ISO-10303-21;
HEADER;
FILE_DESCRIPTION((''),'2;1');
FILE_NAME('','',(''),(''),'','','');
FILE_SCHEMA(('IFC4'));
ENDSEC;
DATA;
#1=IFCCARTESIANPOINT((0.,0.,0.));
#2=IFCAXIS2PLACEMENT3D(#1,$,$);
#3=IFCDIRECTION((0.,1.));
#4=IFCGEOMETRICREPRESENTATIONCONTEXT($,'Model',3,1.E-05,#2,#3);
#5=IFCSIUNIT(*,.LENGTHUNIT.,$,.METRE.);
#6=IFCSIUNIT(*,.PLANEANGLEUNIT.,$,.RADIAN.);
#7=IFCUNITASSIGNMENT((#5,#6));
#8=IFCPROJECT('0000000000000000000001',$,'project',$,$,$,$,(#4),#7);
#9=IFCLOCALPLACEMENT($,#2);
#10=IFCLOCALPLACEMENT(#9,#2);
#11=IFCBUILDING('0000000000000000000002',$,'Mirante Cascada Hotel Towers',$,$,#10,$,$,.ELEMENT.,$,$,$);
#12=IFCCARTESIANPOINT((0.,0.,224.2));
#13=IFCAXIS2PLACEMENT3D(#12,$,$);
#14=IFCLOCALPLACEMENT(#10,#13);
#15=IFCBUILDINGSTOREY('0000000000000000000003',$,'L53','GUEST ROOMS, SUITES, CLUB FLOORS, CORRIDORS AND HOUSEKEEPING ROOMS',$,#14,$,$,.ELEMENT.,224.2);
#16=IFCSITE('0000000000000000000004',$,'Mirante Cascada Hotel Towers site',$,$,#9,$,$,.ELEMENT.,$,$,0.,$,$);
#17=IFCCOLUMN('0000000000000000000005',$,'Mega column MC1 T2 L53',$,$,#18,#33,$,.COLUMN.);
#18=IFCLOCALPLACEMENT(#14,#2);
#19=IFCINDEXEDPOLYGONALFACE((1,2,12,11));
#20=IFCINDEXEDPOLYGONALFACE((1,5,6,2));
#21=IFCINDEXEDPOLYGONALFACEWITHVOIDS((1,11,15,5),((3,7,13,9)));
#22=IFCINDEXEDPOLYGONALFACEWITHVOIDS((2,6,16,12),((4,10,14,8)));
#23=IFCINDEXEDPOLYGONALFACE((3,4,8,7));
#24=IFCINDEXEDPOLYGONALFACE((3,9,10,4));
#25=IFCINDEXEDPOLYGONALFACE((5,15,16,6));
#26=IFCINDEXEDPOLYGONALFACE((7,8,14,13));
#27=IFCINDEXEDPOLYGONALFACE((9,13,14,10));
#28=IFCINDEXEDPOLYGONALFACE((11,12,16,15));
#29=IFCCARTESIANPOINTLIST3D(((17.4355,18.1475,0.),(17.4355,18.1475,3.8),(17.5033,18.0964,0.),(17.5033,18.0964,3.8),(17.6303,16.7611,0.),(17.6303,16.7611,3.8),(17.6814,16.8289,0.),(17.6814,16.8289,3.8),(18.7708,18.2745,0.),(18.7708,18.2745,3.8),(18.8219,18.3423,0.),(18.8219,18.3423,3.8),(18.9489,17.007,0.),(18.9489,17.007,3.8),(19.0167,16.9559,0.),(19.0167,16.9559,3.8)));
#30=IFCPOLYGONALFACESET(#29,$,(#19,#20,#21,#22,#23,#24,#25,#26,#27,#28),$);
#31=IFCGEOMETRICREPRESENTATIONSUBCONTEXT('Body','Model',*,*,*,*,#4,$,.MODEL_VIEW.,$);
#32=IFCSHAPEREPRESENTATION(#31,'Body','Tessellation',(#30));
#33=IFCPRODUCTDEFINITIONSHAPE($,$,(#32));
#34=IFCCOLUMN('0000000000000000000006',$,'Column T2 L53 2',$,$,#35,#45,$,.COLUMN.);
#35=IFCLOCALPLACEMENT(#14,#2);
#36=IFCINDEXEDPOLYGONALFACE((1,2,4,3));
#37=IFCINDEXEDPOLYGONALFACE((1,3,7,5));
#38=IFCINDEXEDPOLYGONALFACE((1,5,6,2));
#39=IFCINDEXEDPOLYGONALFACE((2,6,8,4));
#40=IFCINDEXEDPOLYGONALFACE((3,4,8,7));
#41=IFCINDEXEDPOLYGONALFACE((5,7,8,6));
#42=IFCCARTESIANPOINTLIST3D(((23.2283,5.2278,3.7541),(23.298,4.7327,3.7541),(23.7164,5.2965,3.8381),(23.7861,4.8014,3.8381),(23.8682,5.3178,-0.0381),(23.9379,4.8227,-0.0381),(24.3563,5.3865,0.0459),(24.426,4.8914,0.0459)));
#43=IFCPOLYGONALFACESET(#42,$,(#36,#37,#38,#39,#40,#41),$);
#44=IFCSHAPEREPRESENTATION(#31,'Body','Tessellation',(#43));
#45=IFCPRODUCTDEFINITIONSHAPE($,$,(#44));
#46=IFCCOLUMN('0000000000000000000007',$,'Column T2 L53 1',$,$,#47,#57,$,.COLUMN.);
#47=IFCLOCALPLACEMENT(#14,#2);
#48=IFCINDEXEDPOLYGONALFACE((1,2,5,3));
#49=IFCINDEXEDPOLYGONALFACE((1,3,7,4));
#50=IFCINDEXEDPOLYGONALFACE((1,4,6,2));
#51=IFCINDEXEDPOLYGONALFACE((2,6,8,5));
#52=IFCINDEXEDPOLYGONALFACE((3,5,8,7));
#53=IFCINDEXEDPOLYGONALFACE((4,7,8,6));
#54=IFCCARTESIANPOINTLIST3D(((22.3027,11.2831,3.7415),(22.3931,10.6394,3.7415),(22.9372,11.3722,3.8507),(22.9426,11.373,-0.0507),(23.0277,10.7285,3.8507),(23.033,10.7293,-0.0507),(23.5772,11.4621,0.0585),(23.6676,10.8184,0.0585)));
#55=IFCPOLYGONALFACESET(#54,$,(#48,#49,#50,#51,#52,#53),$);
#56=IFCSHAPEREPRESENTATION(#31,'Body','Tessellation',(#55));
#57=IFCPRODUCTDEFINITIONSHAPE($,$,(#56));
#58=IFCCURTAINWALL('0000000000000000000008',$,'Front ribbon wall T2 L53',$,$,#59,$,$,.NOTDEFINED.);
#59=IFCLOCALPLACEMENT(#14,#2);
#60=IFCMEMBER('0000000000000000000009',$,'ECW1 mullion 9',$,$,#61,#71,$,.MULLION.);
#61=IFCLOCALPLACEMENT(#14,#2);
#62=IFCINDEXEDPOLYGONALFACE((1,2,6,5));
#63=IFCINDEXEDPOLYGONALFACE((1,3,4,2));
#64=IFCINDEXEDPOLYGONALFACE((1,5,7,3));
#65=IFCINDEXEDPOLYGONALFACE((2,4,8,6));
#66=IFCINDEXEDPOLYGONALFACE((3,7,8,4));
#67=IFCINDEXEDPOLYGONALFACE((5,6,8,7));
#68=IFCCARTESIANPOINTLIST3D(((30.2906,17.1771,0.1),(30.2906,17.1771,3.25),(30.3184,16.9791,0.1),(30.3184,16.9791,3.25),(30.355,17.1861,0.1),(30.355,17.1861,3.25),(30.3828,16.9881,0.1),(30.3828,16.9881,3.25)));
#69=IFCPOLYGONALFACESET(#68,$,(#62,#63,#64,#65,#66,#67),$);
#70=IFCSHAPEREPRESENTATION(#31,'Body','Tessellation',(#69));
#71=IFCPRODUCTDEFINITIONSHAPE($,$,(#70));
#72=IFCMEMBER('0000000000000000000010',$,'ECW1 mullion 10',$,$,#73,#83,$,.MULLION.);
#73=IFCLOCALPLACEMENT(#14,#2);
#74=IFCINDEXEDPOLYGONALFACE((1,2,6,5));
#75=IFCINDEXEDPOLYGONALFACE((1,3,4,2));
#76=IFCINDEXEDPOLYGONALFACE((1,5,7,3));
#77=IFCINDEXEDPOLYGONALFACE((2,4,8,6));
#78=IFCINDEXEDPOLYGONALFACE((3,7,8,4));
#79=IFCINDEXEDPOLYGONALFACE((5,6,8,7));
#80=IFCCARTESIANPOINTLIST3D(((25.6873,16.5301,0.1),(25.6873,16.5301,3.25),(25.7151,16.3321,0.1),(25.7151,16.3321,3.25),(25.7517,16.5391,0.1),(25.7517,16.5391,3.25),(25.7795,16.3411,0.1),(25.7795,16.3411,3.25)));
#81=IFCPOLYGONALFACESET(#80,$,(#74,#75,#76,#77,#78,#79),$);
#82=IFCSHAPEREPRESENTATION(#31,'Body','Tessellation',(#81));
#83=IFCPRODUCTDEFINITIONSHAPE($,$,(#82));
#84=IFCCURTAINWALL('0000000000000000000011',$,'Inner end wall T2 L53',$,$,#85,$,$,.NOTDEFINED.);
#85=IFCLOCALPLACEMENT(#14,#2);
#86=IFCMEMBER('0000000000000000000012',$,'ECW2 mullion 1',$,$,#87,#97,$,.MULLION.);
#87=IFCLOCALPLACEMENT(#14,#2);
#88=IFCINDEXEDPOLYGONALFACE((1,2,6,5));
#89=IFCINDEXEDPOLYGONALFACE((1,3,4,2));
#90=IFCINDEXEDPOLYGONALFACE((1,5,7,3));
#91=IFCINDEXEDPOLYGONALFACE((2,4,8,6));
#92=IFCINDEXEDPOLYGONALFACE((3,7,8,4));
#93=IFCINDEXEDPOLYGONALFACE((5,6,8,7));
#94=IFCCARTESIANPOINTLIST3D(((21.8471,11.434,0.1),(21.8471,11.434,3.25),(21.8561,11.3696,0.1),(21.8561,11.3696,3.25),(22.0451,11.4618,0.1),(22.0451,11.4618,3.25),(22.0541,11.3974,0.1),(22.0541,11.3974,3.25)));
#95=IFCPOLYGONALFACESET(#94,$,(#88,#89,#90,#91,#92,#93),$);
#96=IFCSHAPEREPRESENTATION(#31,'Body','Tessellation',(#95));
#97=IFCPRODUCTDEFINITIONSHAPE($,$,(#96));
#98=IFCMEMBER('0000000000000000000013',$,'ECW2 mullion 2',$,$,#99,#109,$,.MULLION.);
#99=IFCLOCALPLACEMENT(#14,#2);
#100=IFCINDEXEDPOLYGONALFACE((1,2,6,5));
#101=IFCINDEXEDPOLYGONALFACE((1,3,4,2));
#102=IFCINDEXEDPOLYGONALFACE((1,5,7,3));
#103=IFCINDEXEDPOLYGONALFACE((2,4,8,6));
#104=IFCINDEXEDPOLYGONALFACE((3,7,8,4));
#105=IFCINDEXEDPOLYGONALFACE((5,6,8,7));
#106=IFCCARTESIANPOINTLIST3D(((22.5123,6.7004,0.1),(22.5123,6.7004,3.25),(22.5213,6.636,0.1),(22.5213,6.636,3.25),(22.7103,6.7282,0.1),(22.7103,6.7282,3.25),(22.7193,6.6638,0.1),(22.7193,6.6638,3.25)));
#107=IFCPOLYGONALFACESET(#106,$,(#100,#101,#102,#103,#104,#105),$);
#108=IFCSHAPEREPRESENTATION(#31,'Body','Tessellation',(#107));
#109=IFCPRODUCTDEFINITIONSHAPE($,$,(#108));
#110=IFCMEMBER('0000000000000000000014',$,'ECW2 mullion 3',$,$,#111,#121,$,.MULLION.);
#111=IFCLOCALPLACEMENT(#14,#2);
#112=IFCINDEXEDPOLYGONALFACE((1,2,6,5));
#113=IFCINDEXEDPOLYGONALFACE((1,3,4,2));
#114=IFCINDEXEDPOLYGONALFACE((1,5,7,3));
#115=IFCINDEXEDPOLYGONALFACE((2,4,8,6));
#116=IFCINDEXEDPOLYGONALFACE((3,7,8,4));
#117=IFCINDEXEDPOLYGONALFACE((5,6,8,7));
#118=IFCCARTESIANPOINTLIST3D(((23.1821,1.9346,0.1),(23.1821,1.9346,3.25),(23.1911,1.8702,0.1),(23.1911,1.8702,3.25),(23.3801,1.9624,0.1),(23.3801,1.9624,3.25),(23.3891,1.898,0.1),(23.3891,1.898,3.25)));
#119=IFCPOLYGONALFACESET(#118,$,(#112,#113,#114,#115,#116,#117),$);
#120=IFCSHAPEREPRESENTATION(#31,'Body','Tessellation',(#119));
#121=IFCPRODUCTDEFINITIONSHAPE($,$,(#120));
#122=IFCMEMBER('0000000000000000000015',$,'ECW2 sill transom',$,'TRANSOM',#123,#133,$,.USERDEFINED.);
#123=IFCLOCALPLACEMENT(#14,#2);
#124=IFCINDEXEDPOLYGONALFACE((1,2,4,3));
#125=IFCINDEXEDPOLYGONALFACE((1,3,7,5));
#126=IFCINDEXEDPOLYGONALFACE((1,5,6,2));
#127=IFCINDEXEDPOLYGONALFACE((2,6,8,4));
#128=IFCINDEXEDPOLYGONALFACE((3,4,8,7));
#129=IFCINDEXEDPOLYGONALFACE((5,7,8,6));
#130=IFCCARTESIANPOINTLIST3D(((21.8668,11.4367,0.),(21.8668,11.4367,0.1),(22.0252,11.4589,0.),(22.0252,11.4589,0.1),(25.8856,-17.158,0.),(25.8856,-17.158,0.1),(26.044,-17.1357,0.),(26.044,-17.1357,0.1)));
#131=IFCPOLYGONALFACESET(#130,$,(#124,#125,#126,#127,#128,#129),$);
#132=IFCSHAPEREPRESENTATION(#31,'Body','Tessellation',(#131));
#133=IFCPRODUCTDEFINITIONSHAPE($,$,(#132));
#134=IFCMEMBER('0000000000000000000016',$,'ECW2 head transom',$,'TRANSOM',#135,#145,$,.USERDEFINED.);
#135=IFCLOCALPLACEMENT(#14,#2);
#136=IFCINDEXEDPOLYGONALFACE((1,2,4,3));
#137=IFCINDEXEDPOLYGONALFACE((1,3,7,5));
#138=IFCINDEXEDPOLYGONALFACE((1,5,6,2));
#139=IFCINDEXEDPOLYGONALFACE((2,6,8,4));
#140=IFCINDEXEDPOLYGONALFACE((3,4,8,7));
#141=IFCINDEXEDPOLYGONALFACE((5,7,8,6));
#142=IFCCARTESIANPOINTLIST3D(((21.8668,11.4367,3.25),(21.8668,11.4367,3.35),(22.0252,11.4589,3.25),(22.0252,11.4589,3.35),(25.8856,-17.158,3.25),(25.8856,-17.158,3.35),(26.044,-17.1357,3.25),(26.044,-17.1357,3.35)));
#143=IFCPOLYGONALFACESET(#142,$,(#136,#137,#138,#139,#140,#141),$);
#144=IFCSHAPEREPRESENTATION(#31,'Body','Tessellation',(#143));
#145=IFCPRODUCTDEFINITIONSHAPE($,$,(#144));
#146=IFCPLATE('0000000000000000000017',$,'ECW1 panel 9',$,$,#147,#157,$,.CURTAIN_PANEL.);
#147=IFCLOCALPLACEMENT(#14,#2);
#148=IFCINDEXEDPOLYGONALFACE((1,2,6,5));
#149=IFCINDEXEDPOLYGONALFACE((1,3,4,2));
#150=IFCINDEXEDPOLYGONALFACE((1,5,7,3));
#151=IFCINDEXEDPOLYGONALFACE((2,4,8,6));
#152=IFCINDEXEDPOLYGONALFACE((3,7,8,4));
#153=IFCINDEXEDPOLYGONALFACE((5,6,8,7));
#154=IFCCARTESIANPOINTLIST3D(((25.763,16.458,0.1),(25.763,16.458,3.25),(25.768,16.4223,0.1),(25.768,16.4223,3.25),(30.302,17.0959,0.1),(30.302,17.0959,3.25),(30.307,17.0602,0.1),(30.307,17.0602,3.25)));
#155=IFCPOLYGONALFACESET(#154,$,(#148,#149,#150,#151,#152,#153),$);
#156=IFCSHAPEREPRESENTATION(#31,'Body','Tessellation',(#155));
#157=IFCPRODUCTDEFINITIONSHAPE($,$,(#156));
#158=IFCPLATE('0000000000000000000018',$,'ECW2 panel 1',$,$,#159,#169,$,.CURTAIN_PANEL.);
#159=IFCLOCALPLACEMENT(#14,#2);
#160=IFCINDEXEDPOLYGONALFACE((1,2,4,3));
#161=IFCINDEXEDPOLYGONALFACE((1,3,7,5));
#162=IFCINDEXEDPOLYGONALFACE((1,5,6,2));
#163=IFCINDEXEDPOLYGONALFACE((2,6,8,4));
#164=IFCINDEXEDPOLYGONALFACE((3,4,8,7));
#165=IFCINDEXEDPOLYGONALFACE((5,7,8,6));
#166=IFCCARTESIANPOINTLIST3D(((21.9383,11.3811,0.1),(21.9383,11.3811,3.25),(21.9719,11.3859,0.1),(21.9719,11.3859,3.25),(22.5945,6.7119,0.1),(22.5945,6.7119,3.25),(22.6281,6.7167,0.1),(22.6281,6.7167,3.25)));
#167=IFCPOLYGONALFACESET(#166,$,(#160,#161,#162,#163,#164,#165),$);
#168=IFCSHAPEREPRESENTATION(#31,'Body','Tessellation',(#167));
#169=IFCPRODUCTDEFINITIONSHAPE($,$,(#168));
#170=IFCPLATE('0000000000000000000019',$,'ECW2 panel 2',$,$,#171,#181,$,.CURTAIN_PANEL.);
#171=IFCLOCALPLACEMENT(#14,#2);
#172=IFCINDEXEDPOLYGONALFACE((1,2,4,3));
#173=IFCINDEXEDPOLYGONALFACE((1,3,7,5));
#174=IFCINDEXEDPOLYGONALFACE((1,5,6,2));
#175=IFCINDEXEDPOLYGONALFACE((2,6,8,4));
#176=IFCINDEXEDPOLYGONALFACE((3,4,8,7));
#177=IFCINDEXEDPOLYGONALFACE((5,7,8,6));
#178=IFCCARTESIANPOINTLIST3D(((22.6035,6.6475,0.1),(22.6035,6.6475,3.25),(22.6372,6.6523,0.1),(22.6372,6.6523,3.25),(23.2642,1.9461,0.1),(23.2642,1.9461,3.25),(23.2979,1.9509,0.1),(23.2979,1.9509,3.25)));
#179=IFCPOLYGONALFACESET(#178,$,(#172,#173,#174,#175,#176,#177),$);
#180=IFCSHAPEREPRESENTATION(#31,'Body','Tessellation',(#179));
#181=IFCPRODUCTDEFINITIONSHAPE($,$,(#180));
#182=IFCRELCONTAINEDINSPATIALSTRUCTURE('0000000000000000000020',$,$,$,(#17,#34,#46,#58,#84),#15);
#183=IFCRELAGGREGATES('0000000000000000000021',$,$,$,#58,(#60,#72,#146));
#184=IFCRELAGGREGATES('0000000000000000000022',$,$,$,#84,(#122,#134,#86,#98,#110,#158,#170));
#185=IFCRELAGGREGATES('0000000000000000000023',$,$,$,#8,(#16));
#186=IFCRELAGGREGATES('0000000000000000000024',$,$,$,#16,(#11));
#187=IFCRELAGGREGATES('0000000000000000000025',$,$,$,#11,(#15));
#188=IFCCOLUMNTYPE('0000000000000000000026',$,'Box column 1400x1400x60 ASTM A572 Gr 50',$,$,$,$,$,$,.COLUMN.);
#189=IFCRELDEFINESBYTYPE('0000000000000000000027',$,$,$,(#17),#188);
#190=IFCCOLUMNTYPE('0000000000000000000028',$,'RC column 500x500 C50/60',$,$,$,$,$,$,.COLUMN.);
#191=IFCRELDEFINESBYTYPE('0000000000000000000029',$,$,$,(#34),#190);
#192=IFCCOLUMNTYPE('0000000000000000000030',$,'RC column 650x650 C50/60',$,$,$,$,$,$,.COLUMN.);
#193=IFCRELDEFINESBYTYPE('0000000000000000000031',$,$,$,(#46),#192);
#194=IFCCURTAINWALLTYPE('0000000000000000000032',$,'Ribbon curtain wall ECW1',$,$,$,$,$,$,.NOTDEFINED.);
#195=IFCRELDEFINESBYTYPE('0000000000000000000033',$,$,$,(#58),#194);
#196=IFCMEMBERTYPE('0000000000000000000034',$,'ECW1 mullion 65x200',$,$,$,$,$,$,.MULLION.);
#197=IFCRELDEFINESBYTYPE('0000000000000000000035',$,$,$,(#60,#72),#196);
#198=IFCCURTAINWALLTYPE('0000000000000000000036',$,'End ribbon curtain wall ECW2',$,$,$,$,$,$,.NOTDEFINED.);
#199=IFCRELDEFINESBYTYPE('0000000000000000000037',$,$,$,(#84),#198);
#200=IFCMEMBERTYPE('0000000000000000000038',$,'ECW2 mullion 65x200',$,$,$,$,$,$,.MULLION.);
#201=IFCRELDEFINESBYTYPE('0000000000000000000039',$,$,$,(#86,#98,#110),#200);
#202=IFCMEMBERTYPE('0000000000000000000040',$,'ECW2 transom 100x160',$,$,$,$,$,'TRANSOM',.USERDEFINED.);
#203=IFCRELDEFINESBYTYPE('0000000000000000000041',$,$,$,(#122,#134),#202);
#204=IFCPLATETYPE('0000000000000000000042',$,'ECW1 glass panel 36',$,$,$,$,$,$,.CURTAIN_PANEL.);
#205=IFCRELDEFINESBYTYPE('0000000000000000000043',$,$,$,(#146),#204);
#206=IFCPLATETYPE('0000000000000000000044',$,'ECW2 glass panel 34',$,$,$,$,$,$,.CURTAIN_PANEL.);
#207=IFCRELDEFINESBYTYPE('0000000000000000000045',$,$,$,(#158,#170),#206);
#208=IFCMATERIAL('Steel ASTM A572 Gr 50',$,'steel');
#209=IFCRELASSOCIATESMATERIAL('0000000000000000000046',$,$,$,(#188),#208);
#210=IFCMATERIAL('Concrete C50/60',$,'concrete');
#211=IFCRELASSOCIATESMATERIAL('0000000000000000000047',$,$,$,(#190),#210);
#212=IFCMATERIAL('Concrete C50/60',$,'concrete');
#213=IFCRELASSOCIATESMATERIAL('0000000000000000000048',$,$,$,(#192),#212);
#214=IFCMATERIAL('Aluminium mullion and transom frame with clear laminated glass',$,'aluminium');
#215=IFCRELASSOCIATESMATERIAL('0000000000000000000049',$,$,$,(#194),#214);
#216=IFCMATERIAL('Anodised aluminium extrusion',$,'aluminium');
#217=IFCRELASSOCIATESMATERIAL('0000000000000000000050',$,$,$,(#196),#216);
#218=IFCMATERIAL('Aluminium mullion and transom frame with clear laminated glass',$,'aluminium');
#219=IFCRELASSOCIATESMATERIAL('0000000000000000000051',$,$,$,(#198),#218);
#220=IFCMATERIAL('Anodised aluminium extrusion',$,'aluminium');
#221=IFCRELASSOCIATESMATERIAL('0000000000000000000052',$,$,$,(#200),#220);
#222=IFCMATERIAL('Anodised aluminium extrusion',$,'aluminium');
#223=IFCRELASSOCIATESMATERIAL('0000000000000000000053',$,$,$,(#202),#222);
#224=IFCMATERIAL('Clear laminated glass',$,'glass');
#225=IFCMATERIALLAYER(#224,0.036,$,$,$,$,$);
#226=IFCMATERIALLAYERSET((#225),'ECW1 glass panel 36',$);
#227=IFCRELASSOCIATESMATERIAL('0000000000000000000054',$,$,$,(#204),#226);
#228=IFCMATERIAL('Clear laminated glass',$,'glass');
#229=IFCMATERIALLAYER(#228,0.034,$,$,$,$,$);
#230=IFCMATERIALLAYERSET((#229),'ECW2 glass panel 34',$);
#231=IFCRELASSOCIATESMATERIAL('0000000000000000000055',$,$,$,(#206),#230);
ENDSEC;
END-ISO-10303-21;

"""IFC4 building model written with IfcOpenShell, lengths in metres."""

from ifc_helpers import new_model, si_unit, direction, frame, origin, origin_2d, place, context, subcontext, project, spatial, rectangle, hollow_rectangle, extrude, material, layer, layer_set, material_profile, profile_set, type_object, element, aggregate, save


model = new_model("IFC4")

# Units and contexts
model_context = context("Model", 3, precision=1e-05, world=origin(), true_north=direction((0.0, 1.0)))
body_context = subcontext(model_context, "Body", "Model", "MODEL_VIEW")
ifc_project = project(units=[si_unit("LENGTHUNIT", "METRE"), si_unit("PLANEANGLEUNIT", "RADIAN")], contexts=[model_context])

# Site, building, storey
site_placement = place(None, origin())
site = spatial("IfcSite", under=ifc_project, at=site_placement, Name="Mirante Cascada Hotel Towers site", CompositionType="ELEMENT", RefElevation=0.0)
building_placement = place(site_placement, origin())
building = spatial("IfcBuilding", under=site, at=building_placement, Name="Mirante Cascada Hotel Towers", CompositionType="ELEMENT")
storey_placement = place(building_placement, frame((0.0, 0.0, 224.2)))
storey = spatial("IfcBuildingStorey", under=building, at=storey_placement, Name="L53", Description="GUEST ROOMS, SUITES, CLUB FLOORS, CORRIDORS AND HOUSEKEEPING ROOMS", CompositionType="ELEMENT", Elevation=224.2)

# Columns
ifc_material_1 = material(Name="Steel ASTM A572 Gr 50", Category="steel")
ifc_material_profile_1 = material_profile(ifc_material_1, hollow_rectangle(XDim=1.4, YDim=1.4, WallThickness=0.06, at=origin_2d()), Name="Box column 1400x1400x60 ASTM A572 Gr 50")
ifc_profile_set_1 = profile_set([ifc_material_profile_1], Name="Steel ASTM A572 Gr 50")
column_type_1 = type_object("IfcColumnType", Name="Box column 1400x1400x60 ASTM A572 Gr 50", PredefinedType="COLUMN", material=ifc_profile_set_1)
column_1_placement = place(storey_placement, frame((18.2261, 17.5517, 0.0), z_axis=(0.0, 0.0, 1.0), x_axis=(0.990268, 0.139173, 0.0)))
element("IfcColumn", 1, at=column_1_placement, inside=storey, type_object=column_type_1, Name="Mega column MC1 T2 L53", PredefinedType="COLUMN", context=body_context, shape_type="SweptSolid", body=[
    extrude(hollow_rectangle(XDim=1.4, YDim=1.4, WallThickness=0.06, at=origin_2d()), origin(), (0.0, 0.0, 1.0), 3.8),
])
ifc_material_2 = material(Name="Concrete C50/60", Category="concrete")
ifc_material_profile_2 = material_profile(ifc_material_2, rectangle(XDim=0.5, YDim=0.5, at=origin_2d()), Name="RC column 500x500 C50/60")
ifc_profile_set_2 = profile_set([ifc_material_profile_2], Name="Concrete C50/60")
column_type_2 = type_object("IfcColumnType", Name="RC column 500x500 C50/60", PredefinedType="COLUMN", material=ifc_profile_set_2)
column_2_placement = place(storey_placement, frame((24.1471, 5.1046, 0.0039), z_axis=(-0.166343, -0.023396, 0.98579), x_axis=(0.139276, -0.990254, 0.0)))
element("IfcColumn", 2, at=column_2_placement, inside=storey, type_object=column_type_2, Name="Column T2 L53 2", PredefinedType="COLUMN", context=body_context, shape_type="SweptSolid", body=[
    extrude(rectangle(XDim=0.5, YDim=0.5, at=origin_2d()), origin(), (0.0, 0.0, 1.0), 3.8469),
])
ifc_material_3 = material(Name="Concrete C50/60", Category="concrete")
ifc_material_profile_3 = material_profile(ifc_material_3, rectangle(XDim=0.65, YDim=0.65, at=origin_2d()), Name="RC column 650x650 C50/60")
ifc_profile_set_3 = profile_set([ifc_material_profile_3], Name="Concrete C50/60")
column_type_3 = type_object("IfcColumnType", Name="RC column 650x650 C50/60", PredefinedType="COLUMN", material=ifc_profile_set_3)
column_3_placement = place(storey_placement, frame((23.3051, 11.0957, 0.0039), z_axis=(-0.166343, -0.02337, 0.985791), x_axis=(0.139124, -0.990275, 0.0)))
element("IfcColumn", 3, at=column_3_placement, inside=storey, type_object=column_type_3, Name="Column T2 L53 1", PredefinedType="COLUMN", context=body_context, shape_type="SweptSolid", body=[
    extrude(rectangle(XDim=0.65, YDim=0.65, at=origin_2d()), origin(), (0.0, 0.0, 1.0), 3.8469),
])

# Curtain walls, members
ifc_material_4 = material(Name="Aluminium mullion and transom frame with clear laminated glass", Category="aluminium")
curtain_wall_type_1 = type_object("IfcCurtainWallType", Name="Ribbon curtain wall ECW1", PredefinedType="NOTDEFINED", material=ifc_material_4)
curtain_wall_1_placement = place(storey_placement, origin())
curtain_wall_1 = element("IfcCurtainWall", 4, at=curtain_wall_1_placement, inside=storey, type_object=curtain_wall_type_1, Name="Front ribbon wall T2 L53", PredefinedType="NOTDEFINED")
ifc_material_5 = material(Name="Anodised aluminium extrusion", Category="aluminium")
ifc_material_profile_4 = material_profile(ifc_material_5, rectangle(XDim=0.2, YDim=0.065, at=origin_2d()), Name="ECW1 MULLION 65x200")
ifc_profile_set_4 = profile_set([ifc_material_profile_4], Name="Anodised aluminium extrusion")
member_type_1 = type_object("IfcMemberType", Name="ECW1 mullion 65x200", PredefinedType="MULLION", material=ifc_profile_set_4)
member_1_placement = place(storey_placement, frame((30.3367, 17.0826, 0.1), z_axis=(0.0, 0.0, 1.0), x_axis=(0.139173, -0.990268, 0.0)))
member_1 = element("IfcMember", 5, at=member_1_placement, type_object=member_type_1, Name="ECW1 mullion 9", PredefinedType="MULLION", context=body_context, shape_type="SweptSolid", body=[
    extrude(rectangle(XDim=0.2, YDim=0.065, at=origin_2d()), origin(), (0.0, 0.0, 1.0), 3.15),
])
member_2_placement = place(storey_placement, frame((25.7334, 16.4356, 0.1), z_axis=(0.0, 0.0, 1.0), x_axis=(0.139173, -0.990268, 0.0)))
member_2 = element("IfcMember", 6, at=member_2_placement, type_object=member_type_1, Name="ECW1 mullion 10", PredefinedType="MULLION", context=body_context, shape_type="SweptSolid", body=[
    extrude(rectangle(XDim=0.2, YDim=0.065, at=origin_2d()), origin(), (0.0, 0.0, 1.0), 3.15),
])
ifc_material_6 = material(Name="Aluminium mullion and transom frame with clear laminated glass", Category="aluminium")
curtain_wall_type_2 = type_object("IfcCurtainWallType", Name="End ribbon curtain wall ECW2", PredefinedType="NOTDEFINED", material=ifc_material_6)
curtain_wall_2_placement = place(storey_placement, origin())
curtain_wall_2 = element("IfcCurtainWall", 7, at=curtain_wall_2_placement, inside=storey, type_object=curtain_wall_type_2, Name="Inner end wall T2 L53", PredefinedType="NOTDEFINED")
ifc_material_7 = material(Name="Anodised aluminium extrusion", Category="aluminium")
ifc_material_profile_5 = material_profile(ifc_material_7, rectangle(XDim=0.2, YDim=0.065, at=origin_2d()), Name="ECW2 MULLION 65x200")
ifc_profile_set_5 = profile_set([ifc_material_profile_5], Name="Anodised aluminium extrusion")
member_type_2 = type_object("IfcMemberType", Name="ECW2 mullion 65x200", PredefinedType="MULLION", material=ifc_profile_set_5)
member_3_placement = place(storey_placement, frame((21.9506, 11.4157, 0.1), z_axis=(0.0, 0.0, 1.0), x_axis=(0.990268, 0.139173, 0.0)))
member_3 = element("IfcMember", 8, at=member_3_placement, type_object=member_type_2, Name="ECW2 mullion 1", PredefinedType="MULLION", context=body_context, shape_type="SweptSolid", body=[
    extrude(rectangle(XDim=0.2, YDim=0.065, at=origin_2d()), origin(), (0.0, 0.0, 1.0), 3.15),
])
member_4_placement = place(storey_placement, frame((22.6158, 6.6821, 0.1), z_axis=(0.0, 0.0, 1.0), x_axis=(0.990268, 0.139173, 0.0)))
member_4 = element("IfcMember", 9, at=member_4_placement, type_object=member_type_2, Name="ECW2 mullion 2", PredefinedType="MULLION", context=body_context, shape_type="SweptSolid", body=[
    extrude(rectangle(XDim=0.2, YDim=0.065, at=origin_2d()), origin(), (0.0, 0.0, 1.0), 3.15),
])
member_5_placement = place(storey_placement, frame((23.2856, 1.9163, 0.1), z_axis=(0.0, 0.0, 1.0), x_axis=(0.990268, 0.139173, 0.0)))
member_5 = element("IfcMember", 10, at=member_5_placement, type_object=member_type_2, Name="ECW2 mullion 3", PredefinedType="MULLION", context=body_context, shape_type="SweptSolid", body=[
    extrude(rectangle(XDim=0.2, YDim=0.065, at=origin_2d()), origin(), (0.0, 0.0, 1.0), 3.15),
])
ifc_material_8 = material(Name="Anodised aluminium extrusion", Category="aluminium")
ifc_material_profile_6 = material_profile(ifc_material_8, rectangle(XDim=0.16, YDim=0.1, at=origin_2d()), Name="ECW2 TRANSOM 100x160")
ifc_profile_set_6 = profile_set([ifc_material_profile_6], Name="Anodised aluminium extrusion")
member_type_3 = type_object("IfcMemberType", Name="ECW2 transom 100x160", ElementType="TRANSOM", PredefinedType="USERDEFINED", material=ifc_profile_set_6)
member_6_placement = place(storey_placement, frame((21.946, 11.4478, 0.05), z_axis=(0.139176, -0.990268, 0.0), x_axis=(0.990268, 0.139176, 0.0)))
member_6 = element("IfcMember", 11, at=member_6_placement, type_object=member_type_3, Name="ECW2 sill transom", ObjectType="TRANSOM", PredefinedType="USERDEFINED", context=body_context, shape_type="SweptSolid", body=[
    extrude(rectangle(XDim=0.16, YDim=0.1, at=origin_2d()), origin(), (0.0, 0.0, 1.0), 28.8757),
])
member_7_placement = place(storey_placement, frame((21.946, 11.4478, 3.3), z_axis=(0.139176, -0.990268, 0.0), x_axis=(0.990268, 0.139176, 0.0)))
member_7 = element("IfcMember", 12, at=member_7_placement, type_object=member_type_3, Name="ECW2 head transom", ObjectType="TRANSOM", PredefinedType="USERDEFINED", context=body_context, shape_type="SweptSolid", body=[
    extrude(rectangle(XDim=0.16, YDim=0.1, at=origin_2d()), origin(), (0.0, 0.0, 1.0), 28.8757),
])

# Plates
ifc_material_9 = material(Name="Clear laminated glass", Category="glass")
ifc_layer_1 = layer(ifc_material_9, 0.036)
ifc_layer_set_1 = layer_set([ifc_layer_1], Name="ECW1 glass panel 36")
plate_type_1 = type_object("IfcPlateType", Name="ECW1 glass panel 36", PredefinedType="CURTAIN_PANEL", material=ifc_layer_set_1)
plate_1_placement = place(storey_placement, frame((28.035, 16.7591, 0.1), z_axis=(0.0, 0.0, 1.0), x_axis=(-0.990268, -0.139173, 0.0)))
plate_1 = element("IfcPlate", 13, at=plate_1_placement, type_object=plate_type_1, Name="ECW1 panel 9", PredefinedType="CURTAIN_PANEL", context=body_context, shape_type="SweptSolid", body=[
    extrude(rectangle(XDim=4.5836, YDim=0.036, at=origin_2d()), origin(), (0.0, 0.0, 1.0), 3.15),
])
aggregate(curtain_wall_1, [member_1, member_2, plate_1])
ifc_material_10 = material(Name="Clear laminated glass", Category="glass")
ifc_layer_2 = layer(ifc_material_10, 0.034)
ifc_layer_set_2 = layer_set([ifc_layer_2], Name="ECW2 glass panel 34")
plate_type_2 = type_object("IfcPlateType", Name="ECW2 glass panel 34", PredefinedType="CURTAIN_PANEL", material=ifc_layer_set_2)
plate_2_placement = place(storey_placement, frame((22.2832, 9.0489, 0.1), z_axis=(0.0, 0.0, 1.0), x_axis=(0.139173, -0.990268, 0.0)))
plate_2 = element("IfcPlate", 14, at=plate_2_placement, type_object=plate_type_2, Name="ECW2 panel 1", PredefinedType="CURTAIN_PANEL", context=body_context, shape_type="SweptSolid", body=[
    extrude(rectangle(XDim=4.7151, YDim=0.034, at=origin_2d()), origin(), (0.0, 0.0, 1.0), 3.15),
])
plate_3_placement = place(storey_placement, frame((22.9507, 4.2992, 0.1), z_axis=(0.0, 0.0, 1.0), x_axis=(0.139173, -0.990268, 0.0)))
plate_3 = element("IfcPlate", 15, at=plate_3_placement, type_object=plate_type_2, Name="ECW2 panel 2", PredefinedType="CURTAIN_PANEL", context=body_context, shape_type="SweptSolid", body=[
    extrude(rectangle(XDim=4.7476, YDim=0.034, at=origin_2d()), origin(), (0.0, 0.0, 1.0), 3.15),
])
aggregate(curtain_wall_2, [member_6, member_7, member_3, member_4, member_5, plate_2, plate_3])

save(model, "model.ifc")
